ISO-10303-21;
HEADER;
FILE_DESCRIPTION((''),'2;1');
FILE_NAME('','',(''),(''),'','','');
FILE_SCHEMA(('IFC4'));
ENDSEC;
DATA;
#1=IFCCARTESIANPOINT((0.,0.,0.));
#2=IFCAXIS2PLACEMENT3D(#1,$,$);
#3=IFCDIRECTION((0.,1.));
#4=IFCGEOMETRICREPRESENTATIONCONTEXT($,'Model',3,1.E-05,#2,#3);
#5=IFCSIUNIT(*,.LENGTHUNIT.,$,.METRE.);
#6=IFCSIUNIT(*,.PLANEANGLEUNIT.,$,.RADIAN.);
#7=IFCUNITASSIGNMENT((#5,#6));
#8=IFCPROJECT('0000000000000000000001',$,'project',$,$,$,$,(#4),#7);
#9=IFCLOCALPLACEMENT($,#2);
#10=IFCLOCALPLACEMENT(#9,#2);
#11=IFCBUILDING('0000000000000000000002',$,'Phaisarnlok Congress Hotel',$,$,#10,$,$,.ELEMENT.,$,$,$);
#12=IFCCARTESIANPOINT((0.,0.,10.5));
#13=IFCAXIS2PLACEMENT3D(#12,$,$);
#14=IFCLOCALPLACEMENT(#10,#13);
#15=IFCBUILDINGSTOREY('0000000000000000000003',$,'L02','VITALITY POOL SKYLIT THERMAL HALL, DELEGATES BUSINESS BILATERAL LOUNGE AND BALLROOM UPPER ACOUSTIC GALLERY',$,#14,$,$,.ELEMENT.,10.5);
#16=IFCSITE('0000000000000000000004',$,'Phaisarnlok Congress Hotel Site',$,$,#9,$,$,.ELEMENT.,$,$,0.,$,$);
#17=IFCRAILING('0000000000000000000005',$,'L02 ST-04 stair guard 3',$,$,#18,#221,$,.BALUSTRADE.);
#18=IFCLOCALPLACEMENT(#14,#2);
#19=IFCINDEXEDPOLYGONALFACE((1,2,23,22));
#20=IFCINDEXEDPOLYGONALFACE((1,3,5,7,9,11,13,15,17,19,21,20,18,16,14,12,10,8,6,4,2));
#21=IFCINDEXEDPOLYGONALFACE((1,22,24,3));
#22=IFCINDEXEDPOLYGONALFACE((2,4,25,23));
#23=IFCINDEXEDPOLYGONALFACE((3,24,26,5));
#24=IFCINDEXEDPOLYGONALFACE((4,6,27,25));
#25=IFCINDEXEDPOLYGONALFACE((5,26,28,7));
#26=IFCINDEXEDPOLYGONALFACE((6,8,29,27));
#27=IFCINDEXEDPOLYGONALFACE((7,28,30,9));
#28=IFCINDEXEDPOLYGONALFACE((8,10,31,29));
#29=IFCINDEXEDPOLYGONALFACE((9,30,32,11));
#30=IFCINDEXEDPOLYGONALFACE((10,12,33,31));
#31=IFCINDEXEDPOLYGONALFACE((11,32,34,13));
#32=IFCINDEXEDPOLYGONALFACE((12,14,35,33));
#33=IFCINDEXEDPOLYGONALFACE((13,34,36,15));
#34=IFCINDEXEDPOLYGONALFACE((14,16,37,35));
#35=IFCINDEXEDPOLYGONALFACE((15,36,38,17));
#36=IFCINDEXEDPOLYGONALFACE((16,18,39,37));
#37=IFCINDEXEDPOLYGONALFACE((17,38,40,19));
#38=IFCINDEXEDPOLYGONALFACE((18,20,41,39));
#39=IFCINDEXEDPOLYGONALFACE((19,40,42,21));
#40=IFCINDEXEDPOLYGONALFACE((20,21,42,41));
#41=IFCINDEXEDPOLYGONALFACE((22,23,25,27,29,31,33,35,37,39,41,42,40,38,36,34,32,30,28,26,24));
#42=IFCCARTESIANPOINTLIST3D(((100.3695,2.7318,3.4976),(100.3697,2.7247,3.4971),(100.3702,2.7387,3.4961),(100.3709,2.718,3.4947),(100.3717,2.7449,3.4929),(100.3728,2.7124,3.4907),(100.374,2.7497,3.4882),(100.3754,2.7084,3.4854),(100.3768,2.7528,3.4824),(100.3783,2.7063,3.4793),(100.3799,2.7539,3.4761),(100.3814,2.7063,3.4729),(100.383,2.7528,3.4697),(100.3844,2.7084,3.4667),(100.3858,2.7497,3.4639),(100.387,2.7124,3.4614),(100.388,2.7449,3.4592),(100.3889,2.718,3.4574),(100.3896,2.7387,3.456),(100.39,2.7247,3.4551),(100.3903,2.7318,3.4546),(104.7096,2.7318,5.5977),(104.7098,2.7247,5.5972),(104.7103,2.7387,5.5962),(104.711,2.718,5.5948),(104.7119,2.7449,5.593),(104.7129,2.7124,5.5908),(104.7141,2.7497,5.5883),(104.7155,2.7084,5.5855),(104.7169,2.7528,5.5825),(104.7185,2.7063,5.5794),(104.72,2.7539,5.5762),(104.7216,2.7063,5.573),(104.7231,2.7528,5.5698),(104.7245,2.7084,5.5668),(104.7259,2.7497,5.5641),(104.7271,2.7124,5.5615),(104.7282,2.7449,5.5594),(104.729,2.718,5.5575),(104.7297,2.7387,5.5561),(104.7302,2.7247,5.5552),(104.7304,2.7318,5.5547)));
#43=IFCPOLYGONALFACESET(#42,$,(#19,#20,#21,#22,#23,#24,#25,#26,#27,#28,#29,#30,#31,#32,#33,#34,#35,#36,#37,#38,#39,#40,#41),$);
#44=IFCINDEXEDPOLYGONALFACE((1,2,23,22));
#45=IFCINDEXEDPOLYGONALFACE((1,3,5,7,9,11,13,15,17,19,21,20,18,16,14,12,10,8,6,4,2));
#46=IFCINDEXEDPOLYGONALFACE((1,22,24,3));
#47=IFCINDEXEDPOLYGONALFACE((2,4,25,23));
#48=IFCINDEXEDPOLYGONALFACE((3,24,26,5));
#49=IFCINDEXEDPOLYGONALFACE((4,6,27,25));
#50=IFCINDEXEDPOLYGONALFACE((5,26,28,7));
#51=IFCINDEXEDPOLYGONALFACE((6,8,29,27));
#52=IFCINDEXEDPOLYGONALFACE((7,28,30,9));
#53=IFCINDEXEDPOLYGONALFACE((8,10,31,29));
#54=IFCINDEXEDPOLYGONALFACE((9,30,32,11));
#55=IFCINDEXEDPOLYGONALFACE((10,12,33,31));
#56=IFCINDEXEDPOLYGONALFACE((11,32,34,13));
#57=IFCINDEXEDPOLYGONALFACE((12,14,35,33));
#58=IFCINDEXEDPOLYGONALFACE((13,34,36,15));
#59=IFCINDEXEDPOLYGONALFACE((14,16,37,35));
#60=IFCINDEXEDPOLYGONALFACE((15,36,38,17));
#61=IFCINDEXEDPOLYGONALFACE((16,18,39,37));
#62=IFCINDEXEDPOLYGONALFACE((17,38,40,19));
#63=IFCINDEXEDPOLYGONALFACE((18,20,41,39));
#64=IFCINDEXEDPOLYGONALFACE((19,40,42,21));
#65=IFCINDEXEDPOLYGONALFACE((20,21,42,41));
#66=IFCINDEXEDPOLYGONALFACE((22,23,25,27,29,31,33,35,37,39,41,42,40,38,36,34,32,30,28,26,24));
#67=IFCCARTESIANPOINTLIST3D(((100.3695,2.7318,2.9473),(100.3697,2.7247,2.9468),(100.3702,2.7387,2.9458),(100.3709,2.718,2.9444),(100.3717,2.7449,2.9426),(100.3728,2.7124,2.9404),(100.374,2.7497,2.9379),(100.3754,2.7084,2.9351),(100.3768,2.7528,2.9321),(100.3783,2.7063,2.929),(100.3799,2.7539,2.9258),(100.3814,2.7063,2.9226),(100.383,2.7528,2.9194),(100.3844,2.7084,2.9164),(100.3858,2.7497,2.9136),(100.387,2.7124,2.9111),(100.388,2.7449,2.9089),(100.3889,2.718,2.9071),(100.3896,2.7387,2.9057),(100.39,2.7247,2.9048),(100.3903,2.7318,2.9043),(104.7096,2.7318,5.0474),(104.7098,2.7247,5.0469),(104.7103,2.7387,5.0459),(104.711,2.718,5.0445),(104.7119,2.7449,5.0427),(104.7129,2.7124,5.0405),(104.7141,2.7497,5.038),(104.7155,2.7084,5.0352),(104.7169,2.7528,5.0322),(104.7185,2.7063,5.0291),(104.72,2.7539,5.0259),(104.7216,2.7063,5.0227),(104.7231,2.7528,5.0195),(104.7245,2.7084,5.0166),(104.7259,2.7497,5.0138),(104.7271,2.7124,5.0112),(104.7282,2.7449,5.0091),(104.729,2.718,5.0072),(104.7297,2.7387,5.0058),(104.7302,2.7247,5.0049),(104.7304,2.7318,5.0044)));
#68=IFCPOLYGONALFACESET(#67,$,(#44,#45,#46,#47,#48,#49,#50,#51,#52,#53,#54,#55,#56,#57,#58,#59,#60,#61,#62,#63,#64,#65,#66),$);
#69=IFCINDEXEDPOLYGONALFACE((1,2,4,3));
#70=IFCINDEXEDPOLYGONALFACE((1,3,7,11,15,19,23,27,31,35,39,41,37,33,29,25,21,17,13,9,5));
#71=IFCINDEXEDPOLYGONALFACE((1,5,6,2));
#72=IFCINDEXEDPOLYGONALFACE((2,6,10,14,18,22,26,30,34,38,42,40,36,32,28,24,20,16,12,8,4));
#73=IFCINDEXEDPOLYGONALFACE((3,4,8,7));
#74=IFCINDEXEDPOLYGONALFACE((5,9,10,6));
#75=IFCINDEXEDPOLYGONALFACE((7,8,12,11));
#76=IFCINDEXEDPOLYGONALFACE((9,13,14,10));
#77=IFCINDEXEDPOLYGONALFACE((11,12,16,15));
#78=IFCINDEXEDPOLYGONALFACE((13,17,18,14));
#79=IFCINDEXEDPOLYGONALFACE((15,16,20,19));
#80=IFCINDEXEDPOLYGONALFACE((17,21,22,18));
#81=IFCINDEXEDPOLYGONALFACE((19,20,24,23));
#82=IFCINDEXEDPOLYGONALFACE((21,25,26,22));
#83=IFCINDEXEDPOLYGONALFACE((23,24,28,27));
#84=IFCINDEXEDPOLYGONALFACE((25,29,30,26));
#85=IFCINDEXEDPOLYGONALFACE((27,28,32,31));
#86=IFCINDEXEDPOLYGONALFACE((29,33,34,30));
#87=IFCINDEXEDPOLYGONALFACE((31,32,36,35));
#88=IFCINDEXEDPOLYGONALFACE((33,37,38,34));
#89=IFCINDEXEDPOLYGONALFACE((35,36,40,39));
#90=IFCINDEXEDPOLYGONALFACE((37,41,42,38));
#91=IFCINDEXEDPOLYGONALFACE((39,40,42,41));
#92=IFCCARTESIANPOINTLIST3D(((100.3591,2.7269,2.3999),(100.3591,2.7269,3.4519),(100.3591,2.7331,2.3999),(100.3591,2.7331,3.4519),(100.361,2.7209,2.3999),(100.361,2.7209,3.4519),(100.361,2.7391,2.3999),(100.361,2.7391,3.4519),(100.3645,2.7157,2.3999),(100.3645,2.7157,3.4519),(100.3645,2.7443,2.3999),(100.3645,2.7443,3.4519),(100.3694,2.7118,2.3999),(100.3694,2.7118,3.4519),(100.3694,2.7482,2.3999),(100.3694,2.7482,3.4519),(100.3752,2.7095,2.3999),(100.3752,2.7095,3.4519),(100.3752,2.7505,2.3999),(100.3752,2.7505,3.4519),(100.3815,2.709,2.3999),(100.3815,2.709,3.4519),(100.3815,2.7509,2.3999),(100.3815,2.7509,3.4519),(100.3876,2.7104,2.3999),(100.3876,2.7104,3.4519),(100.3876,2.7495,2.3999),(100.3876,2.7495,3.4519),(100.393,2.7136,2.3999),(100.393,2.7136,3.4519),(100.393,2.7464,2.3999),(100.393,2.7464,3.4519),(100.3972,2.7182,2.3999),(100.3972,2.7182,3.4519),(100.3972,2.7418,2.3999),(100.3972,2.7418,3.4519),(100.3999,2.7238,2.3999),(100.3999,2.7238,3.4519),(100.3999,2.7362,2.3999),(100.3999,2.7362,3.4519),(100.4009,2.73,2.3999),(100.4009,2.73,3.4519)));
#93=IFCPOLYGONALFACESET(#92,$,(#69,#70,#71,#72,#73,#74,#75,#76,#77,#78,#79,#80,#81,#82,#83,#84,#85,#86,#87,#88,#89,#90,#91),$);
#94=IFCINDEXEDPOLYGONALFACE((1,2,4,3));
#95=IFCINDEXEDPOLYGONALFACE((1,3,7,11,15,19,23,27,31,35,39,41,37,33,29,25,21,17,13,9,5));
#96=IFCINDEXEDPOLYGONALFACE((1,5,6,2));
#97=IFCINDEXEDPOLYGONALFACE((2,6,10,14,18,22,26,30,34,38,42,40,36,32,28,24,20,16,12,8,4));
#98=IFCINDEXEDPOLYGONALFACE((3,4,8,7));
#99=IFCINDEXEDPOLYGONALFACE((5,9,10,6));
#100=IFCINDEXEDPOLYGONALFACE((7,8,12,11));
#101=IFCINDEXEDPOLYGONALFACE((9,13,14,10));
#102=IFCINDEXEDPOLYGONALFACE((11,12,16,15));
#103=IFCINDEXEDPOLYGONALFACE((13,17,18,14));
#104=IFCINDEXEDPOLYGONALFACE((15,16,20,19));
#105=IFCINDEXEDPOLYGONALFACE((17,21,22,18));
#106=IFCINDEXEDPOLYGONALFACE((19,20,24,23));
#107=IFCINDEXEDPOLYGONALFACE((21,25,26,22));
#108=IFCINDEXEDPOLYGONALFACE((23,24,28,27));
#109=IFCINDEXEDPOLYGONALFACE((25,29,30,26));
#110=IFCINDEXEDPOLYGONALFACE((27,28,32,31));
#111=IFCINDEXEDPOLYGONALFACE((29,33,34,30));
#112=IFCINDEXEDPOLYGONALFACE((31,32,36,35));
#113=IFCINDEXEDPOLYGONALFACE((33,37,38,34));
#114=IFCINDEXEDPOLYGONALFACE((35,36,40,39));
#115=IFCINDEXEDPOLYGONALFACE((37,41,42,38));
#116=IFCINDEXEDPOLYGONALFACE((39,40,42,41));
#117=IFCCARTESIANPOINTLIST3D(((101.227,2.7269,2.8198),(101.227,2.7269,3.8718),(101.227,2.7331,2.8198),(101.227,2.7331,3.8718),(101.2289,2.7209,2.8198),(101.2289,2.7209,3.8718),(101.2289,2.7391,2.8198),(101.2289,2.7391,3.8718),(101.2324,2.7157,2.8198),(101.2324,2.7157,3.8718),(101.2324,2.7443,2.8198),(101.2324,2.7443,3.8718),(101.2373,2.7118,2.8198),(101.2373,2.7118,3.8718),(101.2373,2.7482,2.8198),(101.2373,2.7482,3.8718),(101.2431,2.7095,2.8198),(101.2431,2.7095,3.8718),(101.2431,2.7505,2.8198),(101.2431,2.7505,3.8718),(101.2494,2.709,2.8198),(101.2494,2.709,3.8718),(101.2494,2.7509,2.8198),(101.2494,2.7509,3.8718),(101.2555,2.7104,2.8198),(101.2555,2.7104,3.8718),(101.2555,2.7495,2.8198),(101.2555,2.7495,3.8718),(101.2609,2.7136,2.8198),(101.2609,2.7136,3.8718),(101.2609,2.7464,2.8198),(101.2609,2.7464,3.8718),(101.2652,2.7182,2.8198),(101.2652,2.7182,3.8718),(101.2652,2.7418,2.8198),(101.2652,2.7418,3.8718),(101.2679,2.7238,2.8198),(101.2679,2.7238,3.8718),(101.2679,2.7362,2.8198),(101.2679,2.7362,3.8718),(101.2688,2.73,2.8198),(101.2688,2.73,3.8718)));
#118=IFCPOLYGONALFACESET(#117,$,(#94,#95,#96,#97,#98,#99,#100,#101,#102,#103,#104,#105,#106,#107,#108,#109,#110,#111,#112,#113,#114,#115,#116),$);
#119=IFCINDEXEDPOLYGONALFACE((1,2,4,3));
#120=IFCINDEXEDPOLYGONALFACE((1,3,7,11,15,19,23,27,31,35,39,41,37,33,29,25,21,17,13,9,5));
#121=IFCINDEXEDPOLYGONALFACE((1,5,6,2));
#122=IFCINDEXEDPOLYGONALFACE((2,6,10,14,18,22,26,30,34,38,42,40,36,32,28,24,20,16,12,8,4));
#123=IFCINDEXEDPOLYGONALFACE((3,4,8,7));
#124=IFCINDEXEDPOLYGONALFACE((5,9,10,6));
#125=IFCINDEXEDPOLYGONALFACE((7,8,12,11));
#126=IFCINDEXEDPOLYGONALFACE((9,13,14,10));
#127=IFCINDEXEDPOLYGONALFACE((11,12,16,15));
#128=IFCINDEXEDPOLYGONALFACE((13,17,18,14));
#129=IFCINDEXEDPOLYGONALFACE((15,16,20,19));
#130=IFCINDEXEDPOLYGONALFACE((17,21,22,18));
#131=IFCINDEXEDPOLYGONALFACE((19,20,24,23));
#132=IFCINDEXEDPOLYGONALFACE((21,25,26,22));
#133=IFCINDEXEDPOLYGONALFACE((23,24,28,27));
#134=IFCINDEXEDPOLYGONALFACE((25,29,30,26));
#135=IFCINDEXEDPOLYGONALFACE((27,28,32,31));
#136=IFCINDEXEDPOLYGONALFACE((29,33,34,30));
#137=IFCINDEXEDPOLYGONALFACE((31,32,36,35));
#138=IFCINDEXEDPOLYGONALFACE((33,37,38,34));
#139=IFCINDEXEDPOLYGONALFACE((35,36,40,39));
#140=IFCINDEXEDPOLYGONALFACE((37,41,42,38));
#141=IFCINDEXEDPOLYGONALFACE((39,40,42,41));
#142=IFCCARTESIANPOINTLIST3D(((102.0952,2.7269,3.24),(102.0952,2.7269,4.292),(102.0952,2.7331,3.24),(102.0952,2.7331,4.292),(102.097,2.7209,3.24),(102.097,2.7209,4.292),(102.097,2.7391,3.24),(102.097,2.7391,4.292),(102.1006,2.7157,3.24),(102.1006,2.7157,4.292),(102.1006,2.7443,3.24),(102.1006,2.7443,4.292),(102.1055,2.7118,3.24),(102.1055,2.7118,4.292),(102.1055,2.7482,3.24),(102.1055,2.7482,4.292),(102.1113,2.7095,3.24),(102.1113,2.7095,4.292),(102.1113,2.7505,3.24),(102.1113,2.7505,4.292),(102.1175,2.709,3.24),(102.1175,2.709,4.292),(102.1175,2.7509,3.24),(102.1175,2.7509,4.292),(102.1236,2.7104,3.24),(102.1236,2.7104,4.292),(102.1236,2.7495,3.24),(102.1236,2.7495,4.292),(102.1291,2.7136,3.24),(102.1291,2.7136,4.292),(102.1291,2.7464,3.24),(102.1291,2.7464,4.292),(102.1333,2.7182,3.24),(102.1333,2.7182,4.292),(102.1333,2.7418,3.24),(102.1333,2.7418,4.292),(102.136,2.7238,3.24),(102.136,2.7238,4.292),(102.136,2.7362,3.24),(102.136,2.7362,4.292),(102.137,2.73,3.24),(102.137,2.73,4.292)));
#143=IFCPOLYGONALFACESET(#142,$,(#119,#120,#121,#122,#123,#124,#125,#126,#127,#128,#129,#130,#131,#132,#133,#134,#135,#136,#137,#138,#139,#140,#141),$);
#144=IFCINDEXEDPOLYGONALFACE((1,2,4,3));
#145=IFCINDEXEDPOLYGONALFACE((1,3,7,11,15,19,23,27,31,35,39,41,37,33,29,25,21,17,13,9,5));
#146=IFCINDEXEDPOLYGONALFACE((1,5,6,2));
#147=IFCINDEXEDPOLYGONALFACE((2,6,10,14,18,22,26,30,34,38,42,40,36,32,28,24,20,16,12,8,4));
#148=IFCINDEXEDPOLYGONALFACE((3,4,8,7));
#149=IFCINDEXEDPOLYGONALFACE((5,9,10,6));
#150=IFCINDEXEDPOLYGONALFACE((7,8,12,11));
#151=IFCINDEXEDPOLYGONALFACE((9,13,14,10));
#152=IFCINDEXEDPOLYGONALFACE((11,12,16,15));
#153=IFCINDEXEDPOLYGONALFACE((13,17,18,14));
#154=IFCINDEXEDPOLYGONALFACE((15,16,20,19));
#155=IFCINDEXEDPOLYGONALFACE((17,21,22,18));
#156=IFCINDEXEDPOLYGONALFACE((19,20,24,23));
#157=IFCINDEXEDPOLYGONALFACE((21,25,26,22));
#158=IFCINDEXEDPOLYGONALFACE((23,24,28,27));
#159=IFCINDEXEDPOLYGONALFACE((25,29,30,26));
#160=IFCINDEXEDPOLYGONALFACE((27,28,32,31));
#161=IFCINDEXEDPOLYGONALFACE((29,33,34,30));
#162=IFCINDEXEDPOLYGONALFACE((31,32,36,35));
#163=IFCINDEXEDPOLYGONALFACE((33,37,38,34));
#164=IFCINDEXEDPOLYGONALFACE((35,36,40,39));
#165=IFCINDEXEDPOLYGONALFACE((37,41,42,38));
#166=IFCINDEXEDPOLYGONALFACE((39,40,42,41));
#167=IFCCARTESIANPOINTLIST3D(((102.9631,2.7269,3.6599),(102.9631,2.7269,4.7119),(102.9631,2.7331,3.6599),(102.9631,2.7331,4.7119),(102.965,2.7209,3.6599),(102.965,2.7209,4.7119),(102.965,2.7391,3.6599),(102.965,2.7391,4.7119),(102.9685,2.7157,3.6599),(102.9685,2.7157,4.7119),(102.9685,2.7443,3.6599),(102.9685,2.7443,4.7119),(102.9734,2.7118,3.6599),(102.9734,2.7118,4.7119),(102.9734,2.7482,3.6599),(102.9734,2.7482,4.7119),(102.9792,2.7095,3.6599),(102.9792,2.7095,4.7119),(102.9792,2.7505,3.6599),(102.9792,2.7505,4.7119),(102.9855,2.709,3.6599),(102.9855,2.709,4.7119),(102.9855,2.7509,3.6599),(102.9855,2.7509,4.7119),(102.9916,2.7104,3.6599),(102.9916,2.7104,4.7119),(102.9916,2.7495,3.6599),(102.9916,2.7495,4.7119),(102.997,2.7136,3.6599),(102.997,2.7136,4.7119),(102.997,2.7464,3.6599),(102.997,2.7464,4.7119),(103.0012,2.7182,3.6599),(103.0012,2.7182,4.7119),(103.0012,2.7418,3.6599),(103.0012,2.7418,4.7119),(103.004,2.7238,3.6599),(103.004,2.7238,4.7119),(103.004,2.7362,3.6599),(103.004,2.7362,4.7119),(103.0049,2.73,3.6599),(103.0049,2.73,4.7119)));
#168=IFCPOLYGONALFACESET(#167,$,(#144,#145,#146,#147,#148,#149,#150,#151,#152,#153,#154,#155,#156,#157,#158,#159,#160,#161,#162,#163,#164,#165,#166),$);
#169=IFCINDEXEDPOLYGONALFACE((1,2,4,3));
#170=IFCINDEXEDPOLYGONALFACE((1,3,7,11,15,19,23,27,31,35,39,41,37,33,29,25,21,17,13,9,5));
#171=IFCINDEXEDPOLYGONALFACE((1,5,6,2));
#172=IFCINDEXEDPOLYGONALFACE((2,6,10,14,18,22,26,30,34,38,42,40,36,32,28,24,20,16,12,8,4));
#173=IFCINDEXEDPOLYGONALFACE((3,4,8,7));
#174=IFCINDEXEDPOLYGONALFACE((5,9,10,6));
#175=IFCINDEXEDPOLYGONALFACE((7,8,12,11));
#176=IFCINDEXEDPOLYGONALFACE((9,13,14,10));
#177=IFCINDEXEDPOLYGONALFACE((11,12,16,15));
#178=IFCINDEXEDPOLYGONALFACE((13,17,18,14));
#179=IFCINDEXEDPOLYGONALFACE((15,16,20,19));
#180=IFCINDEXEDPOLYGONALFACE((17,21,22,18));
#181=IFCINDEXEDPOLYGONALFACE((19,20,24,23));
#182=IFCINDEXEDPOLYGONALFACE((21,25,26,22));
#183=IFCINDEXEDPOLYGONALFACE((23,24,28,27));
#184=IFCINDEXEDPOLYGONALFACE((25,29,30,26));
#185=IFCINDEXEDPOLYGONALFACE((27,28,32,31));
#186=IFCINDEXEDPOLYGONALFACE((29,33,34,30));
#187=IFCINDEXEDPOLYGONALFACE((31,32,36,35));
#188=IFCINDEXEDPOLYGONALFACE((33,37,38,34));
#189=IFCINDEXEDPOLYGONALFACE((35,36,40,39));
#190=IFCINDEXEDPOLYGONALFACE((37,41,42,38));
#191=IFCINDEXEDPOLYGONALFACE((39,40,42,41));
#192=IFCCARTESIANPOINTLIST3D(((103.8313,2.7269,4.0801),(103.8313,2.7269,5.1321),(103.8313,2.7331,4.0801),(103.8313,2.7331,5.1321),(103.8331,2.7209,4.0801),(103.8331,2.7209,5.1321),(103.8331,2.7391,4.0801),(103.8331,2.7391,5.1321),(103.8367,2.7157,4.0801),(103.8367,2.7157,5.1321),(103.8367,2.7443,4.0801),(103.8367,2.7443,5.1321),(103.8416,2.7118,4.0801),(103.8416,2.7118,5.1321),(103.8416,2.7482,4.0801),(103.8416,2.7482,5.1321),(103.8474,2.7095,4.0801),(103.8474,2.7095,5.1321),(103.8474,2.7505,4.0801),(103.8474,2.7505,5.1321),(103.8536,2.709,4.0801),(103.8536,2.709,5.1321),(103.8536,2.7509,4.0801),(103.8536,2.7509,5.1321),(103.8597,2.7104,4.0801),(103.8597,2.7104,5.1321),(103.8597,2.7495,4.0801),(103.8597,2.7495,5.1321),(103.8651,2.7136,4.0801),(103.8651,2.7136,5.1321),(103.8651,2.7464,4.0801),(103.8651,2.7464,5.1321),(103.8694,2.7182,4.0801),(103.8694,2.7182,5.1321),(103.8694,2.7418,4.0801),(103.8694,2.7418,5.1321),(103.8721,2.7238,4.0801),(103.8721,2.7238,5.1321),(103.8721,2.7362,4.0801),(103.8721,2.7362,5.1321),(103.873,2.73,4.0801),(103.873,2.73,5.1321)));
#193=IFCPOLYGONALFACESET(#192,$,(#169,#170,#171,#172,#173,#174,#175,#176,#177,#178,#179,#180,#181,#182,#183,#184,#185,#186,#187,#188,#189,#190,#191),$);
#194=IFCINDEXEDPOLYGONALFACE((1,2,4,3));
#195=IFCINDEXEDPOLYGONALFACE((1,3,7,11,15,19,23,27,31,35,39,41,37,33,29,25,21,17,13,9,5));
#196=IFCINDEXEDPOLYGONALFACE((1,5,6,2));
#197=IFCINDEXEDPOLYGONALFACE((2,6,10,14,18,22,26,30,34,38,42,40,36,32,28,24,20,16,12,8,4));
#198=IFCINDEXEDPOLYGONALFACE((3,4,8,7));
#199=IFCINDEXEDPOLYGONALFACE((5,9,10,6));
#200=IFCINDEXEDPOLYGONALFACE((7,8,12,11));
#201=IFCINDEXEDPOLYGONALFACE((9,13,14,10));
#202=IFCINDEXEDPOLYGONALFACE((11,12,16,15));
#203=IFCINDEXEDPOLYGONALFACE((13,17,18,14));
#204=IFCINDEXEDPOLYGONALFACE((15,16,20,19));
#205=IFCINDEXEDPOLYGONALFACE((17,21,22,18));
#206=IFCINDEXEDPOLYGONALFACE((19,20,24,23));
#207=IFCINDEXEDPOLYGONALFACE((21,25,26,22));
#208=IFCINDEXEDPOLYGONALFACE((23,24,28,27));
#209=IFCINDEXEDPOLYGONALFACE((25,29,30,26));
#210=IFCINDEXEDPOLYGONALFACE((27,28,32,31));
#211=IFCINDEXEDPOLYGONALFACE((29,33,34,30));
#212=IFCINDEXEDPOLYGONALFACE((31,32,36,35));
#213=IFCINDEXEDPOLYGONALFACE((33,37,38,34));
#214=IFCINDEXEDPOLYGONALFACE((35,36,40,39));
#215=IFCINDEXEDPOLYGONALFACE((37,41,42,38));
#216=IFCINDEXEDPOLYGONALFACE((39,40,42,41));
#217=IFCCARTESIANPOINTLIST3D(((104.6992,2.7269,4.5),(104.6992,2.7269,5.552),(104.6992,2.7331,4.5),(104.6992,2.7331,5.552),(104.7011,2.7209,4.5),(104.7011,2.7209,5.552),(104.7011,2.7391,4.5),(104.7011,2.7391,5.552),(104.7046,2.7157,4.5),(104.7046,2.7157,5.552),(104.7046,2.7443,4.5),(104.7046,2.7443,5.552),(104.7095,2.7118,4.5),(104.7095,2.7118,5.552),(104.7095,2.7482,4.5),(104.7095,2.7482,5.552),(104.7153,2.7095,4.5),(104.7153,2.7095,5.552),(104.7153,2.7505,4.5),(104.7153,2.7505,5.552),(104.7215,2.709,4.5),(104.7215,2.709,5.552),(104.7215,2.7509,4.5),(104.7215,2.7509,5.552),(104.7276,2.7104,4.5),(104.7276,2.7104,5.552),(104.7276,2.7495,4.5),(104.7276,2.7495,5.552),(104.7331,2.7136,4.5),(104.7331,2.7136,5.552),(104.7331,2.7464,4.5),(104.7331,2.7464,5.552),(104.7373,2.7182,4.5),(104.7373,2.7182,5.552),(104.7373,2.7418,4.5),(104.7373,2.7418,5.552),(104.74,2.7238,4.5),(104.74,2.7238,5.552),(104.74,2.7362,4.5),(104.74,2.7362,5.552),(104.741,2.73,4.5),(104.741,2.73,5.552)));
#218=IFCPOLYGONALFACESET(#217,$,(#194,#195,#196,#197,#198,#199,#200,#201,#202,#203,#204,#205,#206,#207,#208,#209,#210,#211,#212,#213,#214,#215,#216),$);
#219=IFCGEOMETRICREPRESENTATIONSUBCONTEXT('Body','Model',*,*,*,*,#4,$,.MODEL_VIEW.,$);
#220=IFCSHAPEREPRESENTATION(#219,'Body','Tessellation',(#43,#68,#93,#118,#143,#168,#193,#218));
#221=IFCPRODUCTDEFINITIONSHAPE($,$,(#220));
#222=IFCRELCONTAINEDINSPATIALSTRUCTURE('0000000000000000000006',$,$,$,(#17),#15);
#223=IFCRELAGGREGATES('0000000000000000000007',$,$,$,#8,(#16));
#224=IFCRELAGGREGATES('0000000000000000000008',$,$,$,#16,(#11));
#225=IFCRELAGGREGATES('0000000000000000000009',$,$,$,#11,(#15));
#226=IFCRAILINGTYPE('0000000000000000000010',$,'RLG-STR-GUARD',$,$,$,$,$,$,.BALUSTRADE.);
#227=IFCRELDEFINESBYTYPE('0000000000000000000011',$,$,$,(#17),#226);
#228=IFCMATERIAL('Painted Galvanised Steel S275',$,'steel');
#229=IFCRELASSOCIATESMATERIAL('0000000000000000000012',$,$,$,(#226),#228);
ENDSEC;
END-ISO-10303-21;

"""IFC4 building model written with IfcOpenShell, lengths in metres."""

from ifc_helpers import new_model, si_unit, direction, frame, origin, origin_2d, place, context, subcontext, project, spatial, circle, extrude, material, type_object, element, save


model = new_model("IFC4")

# Units and contexts
model_context = context("Model", 3, precision=1e-05, world=origin(), true_north=direction((0.0, 1.0)))
body_context = subcontext(model_context, "Body", "Model", "MODEL_VIEW")
ifc_project = project(units=[si_unit("LENGTHUNIT", "METRE"), si_unit("PLANEANGLEUNIT", "RADIAN")], contexts=[model_context])

# Site, building, storey
site_placement = place(None, origin())
site = spatial("IfcSite", under=ifc_project, at=site_placement, Name="Phaisarnlok Congress Hotel Site", CompositionType="ELEMENT", RefElevation=0.0)
building_placement = place(site_placement, origin())
building = spatial("IfcBuilding", under=site, at=building_placement, Name="Phaisarnlok Congress Hotel", CompositionType="ELEMENT")
storey_placement = place(building_placement, frame((0.0, 0.0, 10.5)))
storey = spatial("IfcBuildingStorey", under=building, at=storey_placement, Name="L02", Description="VITALITY POOL SKYLIT THERMAL HALL, DELEGATES BUSINESS BILATERAL LOUNGE AND BALLROOM UPPER ACOUSTIC GALLERY", CompositionType="ELEMENT", Elevation=10.5)

# Railing
ifc_material_1 = material(Name="Painted Galvanised Steel S275", Category="steel")
railing_type_1 = type_object("IfcRailingType", Name="RLG-STR-GUARD", PredefinedType="BALUSTRADE", material=ifc_material_1)
railing_1_placement = place(storey_placement, frame((100.3799, 2.73, 2.3999)))
element("IfcRailing", 1, at=railing_1_placement, inside=storey, type_object=railing_type_1, Name="L02 ST-04 stair guard 3", PredefinedType="BALUSTRADE", context=body_context, shape_type="SweptSolid", body=[
    extrude(circle(Radius=0.0239, at=origin_2d()), frame((0.0, 0.0, 1.0762), z_axis=(0.900155, 0.0, 0.43557), x_axis=(0.0, 1.0, 0.0)), (0.0, 0.0, 1.0), 4.8215),
    extrude(circle(Radius=0.0239, at=origin_2d()), frame((0.0, 0.0, 0.5259), z_axis=(0.900155, 0.0, 0.43557), x_axis=(0.0, 1.0, 0.0)), (0.0, 0.0, 1.0), 4.8215),
    extrude(circle(Radius=0.021, at=origin_2d()), origin(), (0.0, 0.0, 1.0), 1.052),
    extrude(circle(Radius=0.021, at=origin_2d()), frame((0.8679, 0.0, 0.4199)), (0.0, 0.0, 1.0), 1.052),
    extrude(circle(Radius=0.021, at=origin_2d()), frame((1.7361, 0.0, 0.8401)), (0.0, 0.0, 1.0), 1.052),
    extrude(circle(Radius=0.021, at=origin_2d()), frame((2.604, 0.0, 1.26)), (0.0, 0.0, 1.0), 1.052),
    extrude(circle(Radius=0.021, at=origin_2d()), frame((3.4722, 0.0, 1.6802)), (0.0, 0.0, 1.0), 1.052),
    extrude(circle(Radius=0.021, at=origin_2d()), frame((4.3401, 0.0, 2.1001)), (0.0, 0.0, 1.0), 1.052),
])

save(model, "model.ifc")
